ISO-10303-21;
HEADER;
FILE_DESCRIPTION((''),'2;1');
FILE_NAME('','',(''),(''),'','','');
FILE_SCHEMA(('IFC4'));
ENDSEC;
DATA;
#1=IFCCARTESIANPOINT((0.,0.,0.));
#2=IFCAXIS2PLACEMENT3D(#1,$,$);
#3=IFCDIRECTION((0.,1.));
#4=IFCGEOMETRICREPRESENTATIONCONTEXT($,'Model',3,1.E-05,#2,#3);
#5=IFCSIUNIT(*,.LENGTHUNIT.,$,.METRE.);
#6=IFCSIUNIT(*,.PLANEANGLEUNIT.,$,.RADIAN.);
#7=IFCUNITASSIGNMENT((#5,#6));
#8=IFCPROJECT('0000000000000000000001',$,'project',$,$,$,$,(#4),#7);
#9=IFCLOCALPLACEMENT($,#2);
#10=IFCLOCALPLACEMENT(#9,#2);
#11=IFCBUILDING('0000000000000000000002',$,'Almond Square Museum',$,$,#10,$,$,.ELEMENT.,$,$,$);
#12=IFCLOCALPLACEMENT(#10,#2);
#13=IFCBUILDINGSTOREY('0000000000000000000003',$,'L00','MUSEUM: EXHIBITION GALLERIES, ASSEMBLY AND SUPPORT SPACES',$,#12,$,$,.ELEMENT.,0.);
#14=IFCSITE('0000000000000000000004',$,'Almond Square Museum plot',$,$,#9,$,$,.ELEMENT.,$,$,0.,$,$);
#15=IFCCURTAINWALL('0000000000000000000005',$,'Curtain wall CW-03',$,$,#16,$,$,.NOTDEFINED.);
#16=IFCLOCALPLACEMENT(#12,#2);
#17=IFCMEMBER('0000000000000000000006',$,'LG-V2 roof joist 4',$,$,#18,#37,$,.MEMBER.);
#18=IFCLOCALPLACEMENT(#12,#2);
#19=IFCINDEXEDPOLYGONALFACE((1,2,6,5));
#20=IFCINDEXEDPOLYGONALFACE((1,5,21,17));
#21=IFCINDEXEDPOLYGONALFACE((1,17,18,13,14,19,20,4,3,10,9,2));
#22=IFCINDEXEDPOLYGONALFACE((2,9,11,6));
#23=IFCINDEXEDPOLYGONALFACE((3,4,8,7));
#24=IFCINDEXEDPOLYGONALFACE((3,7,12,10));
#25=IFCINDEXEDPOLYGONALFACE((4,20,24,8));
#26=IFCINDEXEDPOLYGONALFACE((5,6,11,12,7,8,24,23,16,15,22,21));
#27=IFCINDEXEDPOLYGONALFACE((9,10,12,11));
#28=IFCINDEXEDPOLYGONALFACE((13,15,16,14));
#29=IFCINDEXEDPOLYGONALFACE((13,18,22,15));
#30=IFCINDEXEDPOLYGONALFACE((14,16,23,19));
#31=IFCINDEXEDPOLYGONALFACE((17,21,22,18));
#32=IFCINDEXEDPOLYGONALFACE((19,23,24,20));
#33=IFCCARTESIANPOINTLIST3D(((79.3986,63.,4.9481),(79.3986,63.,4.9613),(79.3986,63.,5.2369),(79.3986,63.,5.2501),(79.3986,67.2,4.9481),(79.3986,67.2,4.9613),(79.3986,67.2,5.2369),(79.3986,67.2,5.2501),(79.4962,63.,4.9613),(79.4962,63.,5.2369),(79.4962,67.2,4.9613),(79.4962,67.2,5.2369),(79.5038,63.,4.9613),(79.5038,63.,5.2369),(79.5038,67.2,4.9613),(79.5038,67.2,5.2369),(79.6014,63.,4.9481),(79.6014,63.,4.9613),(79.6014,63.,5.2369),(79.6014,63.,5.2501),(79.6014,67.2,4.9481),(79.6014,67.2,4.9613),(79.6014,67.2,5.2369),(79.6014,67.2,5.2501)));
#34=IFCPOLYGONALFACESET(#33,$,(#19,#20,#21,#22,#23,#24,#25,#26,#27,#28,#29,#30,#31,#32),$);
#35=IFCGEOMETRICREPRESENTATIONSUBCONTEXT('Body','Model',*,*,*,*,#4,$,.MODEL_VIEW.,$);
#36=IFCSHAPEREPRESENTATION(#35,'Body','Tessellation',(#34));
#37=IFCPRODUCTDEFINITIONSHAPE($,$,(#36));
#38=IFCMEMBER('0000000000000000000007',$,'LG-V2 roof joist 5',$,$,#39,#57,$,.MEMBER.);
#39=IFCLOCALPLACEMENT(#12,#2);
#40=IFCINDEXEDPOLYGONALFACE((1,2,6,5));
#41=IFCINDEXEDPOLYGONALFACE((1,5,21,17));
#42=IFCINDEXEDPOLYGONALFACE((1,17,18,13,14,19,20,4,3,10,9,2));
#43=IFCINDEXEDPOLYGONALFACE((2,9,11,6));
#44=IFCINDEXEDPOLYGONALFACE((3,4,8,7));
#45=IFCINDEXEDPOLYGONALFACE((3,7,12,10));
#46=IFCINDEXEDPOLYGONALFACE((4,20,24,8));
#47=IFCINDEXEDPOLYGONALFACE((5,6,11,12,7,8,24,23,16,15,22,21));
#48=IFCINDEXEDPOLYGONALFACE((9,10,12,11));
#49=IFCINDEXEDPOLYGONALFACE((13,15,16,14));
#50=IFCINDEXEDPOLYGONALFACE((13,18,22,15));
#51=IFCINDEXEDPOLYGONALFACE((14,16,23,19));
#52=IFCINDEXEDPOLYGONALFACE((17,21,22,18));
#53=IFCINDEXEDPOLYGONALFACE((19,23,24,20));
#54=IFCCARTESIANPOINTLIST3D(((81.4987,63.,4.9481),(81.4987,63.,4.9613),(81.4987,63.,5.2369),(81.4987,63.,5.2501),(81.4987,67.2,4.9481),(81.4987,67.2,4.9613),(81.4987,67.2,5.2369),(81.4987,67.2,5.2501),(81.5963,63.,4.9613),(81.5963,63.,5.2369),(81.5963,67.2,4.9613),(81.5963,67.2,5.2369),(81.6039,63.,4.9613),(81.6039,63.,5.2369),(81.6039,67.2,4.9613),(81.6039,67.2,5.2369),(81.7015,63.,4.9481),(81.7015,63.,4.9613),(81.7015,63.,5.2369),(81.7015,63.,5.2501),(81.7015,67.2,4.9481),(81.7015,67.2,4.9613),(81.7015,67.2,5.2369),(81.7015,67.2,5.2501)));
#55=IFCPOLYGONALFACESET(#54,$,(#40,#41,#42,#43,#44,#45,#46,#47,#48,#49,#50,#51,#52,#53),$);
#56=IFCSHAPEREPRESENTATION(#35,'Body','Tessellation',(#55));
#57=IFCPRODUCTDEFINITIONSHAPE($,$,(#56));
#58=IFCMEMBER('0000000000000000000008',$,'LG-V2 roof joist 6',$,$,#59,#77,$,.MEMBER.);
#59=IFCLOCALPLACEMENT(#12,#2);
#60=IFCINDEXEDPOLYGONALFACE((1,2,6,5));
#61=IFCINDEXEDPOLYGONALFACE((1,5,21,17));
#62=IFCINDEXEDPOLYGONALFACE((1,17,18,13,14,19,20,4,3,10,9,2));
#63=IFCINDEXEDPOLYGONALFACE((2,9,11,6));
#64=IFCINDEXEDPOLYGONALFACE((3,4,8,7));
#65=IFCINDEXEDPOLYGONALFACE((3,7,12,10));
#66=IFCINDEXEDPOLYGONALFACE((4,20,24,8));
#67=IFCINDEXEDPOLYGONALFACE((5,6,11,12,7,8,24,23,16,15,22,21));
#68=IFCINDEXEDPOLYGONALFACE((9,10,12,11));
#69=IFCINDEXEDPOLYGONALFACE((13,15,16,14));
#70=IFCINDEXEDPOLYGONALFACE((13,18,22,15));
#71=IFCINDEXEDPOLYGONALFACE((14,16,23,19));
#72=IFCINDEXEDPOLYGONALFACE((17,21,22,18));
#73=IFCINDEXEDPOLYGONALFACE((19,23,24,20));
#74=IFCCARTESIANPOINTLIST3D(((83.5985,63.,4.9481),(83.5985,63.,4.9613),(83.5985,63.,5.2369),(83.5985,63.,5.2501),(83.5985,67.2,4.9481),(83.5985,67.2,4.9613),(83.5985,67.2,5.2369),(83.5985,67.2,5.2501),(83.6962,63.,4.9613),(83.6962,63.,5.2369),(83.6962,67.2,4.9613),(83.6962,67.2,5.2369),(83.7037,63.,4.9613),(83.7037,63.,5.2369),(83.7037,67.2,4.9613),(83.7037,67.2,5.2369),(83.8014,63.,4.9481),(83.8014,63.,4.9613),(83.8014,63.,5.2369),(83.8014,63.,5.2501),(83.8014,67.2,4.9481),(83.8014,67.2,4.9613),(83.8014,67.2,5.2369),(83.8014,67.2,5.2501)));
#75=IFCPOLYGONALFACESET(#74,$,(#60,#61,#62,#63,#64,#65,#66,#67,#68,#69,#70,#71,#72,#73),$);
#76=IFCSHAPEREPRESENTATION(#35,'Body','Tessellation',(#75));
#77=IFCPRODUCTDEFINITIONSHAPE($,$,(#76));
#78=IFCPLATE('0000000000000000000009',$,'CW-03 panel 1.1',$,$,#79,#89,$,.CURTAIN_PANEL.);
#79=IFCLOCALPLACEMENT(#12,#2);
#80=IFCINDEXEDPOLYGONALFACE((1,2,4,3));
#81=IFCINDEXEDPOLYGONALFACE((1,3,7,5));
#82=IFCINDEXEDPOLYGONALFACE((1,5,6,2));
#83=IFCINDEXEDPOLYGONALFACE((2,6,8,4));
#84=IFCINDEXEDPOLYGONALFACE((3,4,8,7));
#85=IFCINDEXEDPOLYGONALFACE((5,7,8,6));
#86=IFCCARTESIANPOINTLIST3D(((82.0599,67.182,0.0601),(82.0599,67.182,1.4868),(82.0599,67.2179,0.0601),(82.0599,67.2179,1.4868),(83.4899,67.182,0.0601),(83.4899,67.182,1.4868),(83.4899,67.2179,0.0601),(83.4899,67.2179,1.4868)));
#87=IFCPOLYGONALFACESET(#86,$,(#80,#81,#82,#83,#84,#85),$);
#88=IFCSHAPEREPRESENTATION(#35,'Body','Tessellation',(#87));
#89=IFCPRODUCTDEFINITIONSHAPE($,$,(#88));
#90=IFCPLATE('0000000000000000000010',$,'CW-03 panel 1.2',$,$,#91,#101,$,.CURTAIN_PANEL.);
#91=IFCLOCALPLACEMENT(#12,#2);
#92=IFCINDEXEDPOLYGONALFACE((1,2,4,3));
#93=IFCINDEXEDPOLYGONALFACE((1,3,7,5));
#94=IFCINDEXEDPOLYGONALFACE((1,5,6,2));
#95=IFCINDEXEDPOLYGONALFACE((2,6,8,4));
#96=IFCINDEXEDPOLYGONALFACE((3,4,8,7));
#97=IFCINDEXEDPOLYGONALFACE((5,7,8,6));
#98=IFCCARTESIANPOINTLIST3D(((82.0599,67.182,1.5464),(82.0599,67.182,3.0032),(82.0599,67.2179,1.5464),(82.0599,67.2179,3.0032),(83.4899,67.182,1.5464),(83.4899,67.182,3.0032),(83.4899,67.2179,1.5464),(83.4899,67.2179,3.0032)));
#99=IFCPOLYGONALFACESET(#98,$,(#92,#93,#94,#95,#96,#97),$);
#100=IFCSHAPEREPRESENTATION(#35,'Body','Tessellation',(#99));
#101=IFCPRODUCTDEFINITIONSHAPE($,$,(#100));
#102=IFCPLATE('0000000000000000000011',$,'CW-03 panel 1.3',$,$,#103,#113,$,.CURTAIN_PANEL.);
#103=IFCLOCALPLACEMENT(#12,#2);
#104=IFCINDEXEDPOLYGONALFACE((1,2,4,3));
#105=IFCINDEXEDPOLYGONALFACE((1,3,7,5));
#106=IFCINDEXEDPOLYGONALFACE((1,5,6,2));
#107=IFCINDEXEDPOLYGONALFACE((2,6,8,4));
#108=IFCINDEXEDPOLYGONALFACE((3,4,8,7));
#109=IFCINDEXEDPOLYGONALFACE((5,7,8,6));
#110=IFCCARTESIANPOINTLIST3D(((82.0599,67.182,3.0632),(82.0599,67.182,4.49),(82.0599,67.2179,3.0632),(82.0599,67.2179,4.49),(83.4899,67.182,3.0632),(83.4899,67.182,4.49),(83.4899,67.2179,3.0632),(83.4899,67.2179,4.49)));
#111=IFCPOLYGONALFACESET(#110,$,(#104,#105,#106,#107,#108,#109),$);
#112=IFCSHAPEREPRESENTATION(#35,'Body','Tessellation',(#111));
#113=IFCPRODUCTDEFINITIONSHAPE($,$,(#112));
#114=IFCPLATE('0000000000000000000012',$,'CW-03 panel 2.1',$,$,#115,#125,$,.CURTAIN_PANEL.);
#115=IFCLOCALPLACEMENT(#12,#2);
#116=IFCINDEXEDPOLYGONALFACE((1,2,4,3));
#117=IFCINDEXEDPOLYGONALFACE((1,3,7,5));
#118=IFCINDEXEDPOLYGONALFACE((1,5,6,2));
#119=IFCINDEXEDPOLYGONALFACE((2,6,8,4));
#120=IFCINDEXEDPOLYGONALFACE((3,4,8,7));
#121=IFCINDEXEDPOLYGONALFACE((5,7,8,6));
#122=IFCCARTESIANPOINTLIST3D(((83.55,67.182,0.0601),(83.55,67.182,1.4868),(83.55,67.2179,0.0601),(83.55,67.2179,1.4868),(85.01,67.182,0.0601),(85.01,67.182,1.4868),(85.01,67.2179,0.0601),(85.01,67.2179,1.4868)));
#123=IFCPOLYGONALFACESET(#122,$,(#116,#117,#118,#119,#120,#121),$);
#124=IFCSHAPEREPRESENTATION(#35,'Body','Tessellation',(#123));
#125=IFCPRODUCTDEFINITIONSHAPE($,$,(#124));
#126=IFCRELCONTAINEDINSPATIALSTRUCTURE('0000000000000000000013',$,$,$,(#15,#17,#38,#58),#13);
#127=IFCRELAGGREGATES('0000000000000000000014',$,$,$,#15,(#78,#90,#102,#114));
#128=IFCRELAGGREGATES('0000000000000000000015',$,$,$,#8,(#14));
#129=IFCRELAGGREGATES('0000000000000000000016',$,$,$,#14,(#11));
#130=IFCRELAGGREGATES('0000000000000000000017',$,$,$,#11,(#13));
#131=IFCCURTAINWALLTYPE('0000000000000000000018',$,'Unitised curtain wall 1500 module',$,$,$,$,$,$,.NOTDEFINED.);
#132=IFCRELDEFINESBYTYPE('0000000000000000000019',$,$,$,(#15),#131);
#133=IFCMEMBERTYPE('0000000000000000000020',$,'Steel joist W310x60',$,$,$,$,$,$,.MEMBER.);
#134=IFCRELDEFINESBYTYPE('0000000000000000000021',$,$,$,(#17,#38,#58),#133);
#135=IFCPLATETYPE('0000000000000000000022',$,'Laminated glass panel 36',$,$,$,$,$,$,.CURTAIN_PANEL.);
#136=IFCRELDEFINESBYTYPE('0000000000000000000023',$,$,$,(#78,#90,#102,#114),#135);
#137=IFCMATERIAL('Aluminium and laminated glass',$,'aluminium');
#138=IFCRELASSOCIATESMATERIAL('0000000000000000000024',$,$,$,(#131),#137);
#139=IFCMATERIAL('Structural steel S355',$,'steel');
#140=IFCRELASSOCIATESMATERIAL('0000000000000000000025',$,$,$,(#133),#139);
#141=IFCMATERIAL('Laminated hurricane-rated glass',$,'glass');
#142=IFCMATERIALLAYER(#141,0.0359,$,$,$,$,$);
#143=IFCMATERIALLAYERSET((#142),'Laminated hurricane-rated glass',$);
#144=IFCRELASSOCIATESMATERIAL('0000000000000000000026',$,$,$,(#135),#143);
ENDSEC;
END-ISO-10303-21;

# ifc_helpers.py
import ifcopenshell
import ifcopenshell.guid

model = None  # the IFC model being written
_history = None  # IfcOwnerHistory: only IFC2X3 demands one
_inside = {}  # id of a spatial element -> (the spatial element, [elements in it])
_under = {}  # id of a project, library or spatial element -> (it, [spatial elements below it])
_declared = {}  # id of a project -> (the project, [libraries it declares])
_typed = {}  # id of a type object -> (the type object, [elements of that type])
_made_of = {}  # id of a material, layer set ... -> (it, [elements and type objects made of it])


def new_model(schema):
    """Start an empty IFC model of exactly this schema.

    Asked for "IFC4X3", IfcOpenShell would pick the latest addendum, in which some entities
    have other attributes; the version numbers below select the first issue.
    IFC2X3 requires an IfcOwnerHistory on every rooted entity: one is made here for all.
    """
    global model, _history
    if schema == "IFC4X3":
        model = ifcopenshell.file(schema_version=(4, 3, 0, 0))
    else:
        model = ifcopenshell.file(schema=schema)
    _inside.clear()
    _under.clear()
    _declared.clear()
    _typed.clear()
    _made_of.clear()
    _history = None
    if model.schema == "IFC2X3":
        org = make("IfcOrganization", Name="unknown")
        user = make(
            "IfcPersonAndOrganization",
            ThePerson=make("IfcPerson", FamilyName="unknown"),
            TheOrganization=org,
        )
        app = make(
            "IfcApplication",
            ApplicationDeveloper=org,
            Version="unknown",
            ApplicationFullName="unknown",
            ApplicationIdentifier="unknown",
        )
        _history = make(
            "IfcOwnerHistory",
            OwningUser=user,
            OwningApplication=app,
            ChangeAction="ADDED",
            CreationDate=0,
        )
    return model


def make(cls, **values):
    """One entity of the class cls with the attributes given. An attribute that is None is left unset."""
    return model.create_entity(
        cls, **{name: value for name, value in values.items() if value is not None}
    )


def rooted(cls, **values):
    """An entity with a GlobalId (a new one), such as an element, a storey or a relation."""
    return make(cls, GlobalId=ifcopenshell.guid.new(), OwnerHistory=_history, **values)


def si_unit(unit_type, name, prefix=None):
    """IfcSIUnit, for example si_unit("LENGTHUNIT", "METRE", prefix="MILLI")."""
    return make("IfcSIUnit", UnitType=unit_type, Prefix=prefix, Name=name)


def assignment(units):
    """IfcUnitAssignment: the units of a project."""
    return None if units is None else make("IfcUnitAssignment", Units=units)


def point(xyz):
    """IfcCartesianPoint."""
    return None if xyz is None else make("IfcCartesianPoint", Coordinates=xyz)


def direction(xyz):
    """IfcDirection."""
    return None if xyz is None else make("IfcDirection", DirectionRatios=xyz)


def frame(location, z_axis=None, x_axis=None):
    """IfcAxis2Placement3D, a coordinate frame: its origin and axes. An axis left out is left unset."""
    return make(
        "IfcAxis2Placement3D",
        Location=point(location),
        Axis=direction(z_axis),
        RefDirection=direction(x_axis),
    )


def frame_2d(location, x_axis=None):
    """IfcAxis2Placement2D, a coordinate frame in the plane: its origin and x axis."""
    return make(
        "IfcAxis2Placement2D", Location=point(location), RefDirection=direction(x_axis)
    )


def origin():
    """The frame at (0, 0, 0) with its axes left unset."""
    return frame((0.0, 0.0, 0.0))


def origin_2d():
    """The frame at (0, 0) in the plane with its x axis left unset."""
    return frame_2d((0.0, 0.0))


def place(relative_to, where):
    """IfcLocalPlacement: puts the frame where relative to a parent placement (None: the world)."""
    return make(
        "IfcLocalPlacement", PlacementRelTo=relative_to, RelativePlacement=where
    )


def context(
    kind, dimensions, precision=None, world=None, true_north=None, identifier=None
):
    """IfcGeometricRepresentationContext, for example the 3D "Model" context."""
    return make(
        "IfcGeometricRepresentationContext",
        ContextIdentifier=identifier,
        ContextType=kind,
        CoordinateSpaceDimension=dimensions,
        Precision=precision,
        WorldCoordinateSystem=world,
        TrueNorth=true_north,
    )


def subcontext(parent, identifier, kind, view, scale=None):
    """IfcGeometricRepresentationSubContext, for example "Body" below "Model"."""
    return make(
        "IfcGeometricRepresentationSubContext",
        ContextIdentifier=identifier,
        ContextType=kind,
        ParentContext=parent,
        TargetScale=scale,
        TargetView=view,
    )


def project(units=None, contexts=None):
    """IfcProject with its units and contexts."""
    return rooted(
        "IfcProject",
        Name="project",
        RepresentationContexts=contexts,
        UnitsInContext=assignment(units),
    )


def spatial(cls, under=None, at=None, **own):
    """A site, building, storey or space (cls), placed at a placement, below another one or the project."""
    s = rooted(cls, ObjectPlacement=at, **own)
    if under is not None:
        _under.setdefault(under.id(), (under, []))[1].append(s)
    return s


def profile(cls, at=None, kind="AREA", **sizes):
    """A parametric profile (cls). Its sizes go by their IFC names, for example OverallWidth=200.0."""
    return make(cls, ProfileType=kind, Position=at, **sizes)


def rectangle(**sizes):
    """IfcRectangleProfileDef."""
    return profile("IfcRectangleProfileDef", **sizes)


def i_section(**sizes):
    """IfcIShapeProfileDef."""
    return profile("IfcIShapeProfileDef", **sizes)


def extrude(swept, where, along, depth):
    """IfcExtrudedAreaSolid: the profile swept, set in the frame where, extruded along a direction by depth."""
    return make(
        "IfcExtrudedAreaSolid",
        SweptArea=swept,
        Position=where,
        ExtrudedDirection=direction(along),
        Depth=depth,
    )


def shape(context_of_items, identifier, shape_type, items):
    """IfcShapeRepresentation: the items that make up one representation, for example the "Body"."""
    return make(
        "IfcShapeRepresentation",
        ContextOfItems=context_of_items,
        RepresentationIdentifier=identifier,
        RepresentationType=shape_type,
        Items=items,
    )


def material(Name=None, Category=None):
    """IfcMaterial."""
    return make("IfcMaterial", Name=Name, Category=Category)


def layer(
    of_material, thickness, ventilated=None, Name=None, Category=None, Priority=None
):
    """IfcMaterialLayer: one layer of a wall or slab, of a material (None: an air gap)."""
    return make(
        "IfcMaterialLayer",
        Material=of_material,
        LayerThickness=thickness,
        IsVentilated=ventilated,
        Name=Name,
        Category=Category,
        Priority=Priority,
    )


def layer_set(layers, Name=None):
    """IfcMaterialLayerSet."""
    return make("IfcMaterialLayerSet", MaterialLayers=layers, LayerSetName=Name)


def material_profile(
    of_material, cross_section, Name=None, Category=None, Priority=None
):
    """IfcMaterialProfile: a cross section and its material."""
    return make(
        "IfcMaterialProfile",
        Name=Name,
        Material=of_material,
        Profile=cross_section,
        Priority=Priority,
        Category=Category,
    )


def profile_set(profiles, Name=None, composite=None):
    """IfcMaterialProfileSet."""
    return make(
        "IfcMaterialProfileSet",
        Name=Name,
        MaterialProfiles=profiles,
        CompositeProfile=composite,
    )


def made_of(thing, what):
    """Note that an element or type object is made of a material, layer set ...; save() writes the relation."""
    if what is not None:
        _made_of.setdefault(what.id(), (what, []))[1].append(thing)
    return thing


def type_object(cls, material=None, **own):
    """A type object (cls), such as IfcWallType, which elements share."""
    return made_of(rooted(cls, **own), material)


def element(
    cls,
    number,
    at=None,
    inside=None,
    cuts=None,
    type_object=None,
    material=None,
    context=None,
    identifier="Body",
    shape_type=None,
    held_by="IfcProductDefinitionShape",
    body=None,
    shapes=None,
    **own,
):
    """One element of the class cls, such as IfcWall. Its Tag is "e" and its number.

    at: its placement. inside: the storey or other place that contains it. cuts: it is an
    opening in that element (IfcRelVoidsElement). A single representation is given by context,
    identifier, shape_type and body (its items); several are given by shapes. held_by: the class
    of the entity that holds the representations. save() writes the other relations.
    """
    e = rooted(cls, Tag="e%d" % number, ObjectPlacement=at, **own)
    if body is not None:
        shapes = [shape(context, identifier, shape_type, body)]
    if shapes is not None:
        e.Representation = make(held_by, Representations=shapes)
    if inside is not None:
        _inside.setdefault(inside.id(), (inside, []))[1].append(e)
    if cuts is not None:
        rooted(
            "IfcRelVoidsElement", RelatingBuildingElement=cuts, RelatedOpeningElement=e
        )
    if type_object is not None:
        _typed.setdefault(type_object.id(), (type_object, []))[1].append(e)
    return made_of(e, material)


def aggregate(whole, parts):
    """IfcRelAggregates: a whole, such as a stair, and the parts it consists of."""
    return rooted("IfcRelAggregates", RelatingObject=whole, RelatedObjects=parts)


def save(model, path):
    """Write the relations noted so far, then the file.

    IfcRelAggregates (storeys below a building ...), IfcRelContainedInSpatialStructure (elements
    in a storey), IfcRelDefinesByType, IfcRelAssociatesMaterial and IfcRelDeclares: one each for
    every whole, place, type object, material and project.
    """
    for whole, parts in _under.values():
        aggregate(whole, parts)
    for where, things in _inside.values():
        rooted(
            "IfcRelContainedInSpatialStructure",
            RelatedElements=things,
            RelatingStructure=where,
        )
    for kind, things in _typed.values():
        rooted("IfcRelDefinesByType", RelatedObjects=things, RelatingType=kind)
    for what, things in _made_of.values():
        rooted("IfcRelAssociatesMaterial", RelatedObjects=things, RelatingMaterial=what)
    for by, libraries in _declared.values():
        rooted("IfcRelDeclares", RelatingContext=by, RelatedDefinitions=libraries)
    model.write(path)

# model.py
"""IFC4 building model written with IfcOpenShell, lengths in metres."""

from ifc_helpers import new_model, si_unit, direction, frame, origin, origin_2d, place, context, subcontext, project, spatial, rectangle, i_section, extrude, material, layer, layer_set, material_profile, profile_set, type_object, element, aggregate, save


model = new_model("IFC4")

# Units and contexts
model_context = context("Model", 3, precision=1e-05, world=origin(), true_north=direction((0.0, 1.0)))
body_context = subcontext(model_context, "Body", "Model", "MODEL_VIEW")
ifc_project = project(units=[si_unit("LENGTHUNIT", "METRE"), si_unit("PLANEANGLEUNIT", "RADIAN")], contexts=[model_context])

# Site, building, storey
site_placement = place(None, origin())
site = spatial("IfcSite", under=ifc_project, at=site_placement, Name="Almond Square Museum plot", CompositionType="ELEMENT", RefElevation=0.0)
building_placement = place(site_placement, origin())
building = spatial("IfcBuilding", under=site, at=building_placement, Name="Almond Square Museum", CompositionType="ELEMENT")
storey_placement = place(building_placement, origin())
storey = spatial("IfcBuildingStorey", under=building, at=storey_placement, Name="L00", Description="MUSEUM: EXHIBITION GALLERIES, ASSEMBLY AND SUPPORT SPACES", CompositionType="ELEMENT", Elevation=0.0)

# Curtain wall
ifc_material_1 = material(Name="Aluminium and laminated glass", Category="aluminium")
curtain_wall_type = type_object("IfcCurtainWallType", Name="Unitised curtain wall 1500 module", PredefinedType="NOTDEFINED", material=ifc_material_1)
curtain_wall_placement = place(storey_placement, origin())
curtain_wall = element("IfcCurtainWall", 1, at=curtain_wall_placement, inside=storey, type_object=curtain_wall_type, Name="Curtain wall CW-03", PredefinedType="NOTDEFINED")

# Members
ifc_material_2 = material(Name="Structural steel S355", Category="steel")
ifc_material_profile_1 = material_profile(ifc_material_2, i_section(OverallWidth=0.2029, OverallDepth=0.302, WebThickness=0.0076, FlangeThickness=0.0132, at=origin_2d()))
ifc_profile_set_1 = profile_set([ifc_material_profile_1], Name="Structural steel S355")
member_type_1 = type_object("IfcMemberType", Name="Steel joist W310x60", PredefinedType="MEMBER", material=ifc_profile_set_1)
for number, where, z_axis, x_axis, name in (
    (2, (79.5, 67.2, 5.0991), (0.0, -1.0, 0.0), (1.0, 0.0, 0.0), "LG-V2 roof joist 4"),
    (3, (81.6001, 67.2, 5.0991), (0.0, -1.0, 0.0), (1.0, 0.0, 0.0), "LG-V2 roof joist 5"),
    (4, (83.7, 67.2, 5.0991), (0.0, -1.0, 0.0), (1.0, 0.0, 0.0), "LG-V2 roof joist 6"),
):
    element("IfcMember", number, at=place(storey_placement, frame(where, z_axis=z_axis, x_axis=x_axis)), inside=storey, type_object=member_type_1, Name=name, PredefinedType="MEMBER", context=body_context, shape_type="SweptSolid", body=[
        extrude(i_section(OverallWidth=0.2029, OverallDepth=0.302, WebThickness=0.0076, FlangeThickness=0.0132, at=origin_2d()), origin(), (0.0, 0.0, 1.0), 4.2),
    ])

# Plates
ifc_material_3 = material(Name="Laminated hurricane-rated glass", Category="glass")
ifc_layer_1 = layer(ifc_material_3, 0.0359)
ifc_layer_set_1 = layer_set([ifc_layer_1], Name="Laminated hurricane-rated glass")
plate_type = type_object("IfcPlateType", Name="Laminated glass panel 36", PredefinedType="CURTAIN_PANEL", material=ifc_layer_set_1)
plate_1_placement = place(storey_placement, frame((82.7749, 67.2, 0.0601), z_axis=(0.0, 0.0, 1.0), x_axis=(1.0, 0.0, 0.0)))
plate_1 = element("IfcPlate", 5, at=plate_1_placement, type_object=plate_type, Name="CW-03 panel 1.1", PredefinedType="CURTAIN_PANEL", context=body_context, shape_type="SweptSolid", body=[
    extrude(rectangle(XDim=1.4299, YDim=0.0359, at=origin_2d()), origin(), (0.0, 0.0, 1.0), 1.4268),
])
plate_2_placement = place(storey_placement, frame((82.7749, 67.2, 1.5464), z_axis=(0.0, 0.0, 1.0), x_axis=(1.0, 0.0, 0.0)))
plate_2 = element("IfcPlate", 6, at=plate_2_placement, type_object=plate_type, Name="CW-03 panel 1.2", PredefinedType="CURTAIN_PANEL", context=body_context, shape_type="SweptSolid", body=[
    extrude(rectangle(XDim=1.4299, YDim=0.0359, at=origin_2d()), origin(), (0.0, 0.0, 1.0), 1.4568),
])
plate_3_placement = place(storey_placement, frame((82.7749, 67.2, 3.0632), z_axis=(0.0, 0.0, 1.0), x_axis=(1.0, 0.0, 0.0)))
plate_3 = element("IfcPlate", 7, at=plate_3_placement, type_object=plate_type, Name="CW-03 panel 1.3", PredefinedType="CURTAIN_PANEL", context=body_context, shape_type="SweptSolid", body=[
    extrude(rectangle(XDim=1.4299, YDim=0.0359, at=origin_2d()), origin(), (0.0, 0.0, 1.0), 1.4268),
])
plate_4_placement = place(storey_placement, frame((84.28, 67.2, 0.0601), z_axis=(0.0, 0.0, 1.0), x_axis=(1.0, 0.0, 0.0)))
plate_4 = element("IfcPlate", 8, at=plate_4_placement, type_object=plate_type, Name="CW-03 panel 2.1", PredefinedType="CURTAIN_PANEL", context=body_context, shape_type="SweptSolid", body=[
    extrude(rectangle(XDim=1.46, YDim=0.0359, at=origin_2d()), origin(), (0.0, 0.0, 1.0), 1.4268),
])
aggregate(curtain_wall, [plate_1, plate_2, plate_3, plate_4])

save(model, "model.ifc")
